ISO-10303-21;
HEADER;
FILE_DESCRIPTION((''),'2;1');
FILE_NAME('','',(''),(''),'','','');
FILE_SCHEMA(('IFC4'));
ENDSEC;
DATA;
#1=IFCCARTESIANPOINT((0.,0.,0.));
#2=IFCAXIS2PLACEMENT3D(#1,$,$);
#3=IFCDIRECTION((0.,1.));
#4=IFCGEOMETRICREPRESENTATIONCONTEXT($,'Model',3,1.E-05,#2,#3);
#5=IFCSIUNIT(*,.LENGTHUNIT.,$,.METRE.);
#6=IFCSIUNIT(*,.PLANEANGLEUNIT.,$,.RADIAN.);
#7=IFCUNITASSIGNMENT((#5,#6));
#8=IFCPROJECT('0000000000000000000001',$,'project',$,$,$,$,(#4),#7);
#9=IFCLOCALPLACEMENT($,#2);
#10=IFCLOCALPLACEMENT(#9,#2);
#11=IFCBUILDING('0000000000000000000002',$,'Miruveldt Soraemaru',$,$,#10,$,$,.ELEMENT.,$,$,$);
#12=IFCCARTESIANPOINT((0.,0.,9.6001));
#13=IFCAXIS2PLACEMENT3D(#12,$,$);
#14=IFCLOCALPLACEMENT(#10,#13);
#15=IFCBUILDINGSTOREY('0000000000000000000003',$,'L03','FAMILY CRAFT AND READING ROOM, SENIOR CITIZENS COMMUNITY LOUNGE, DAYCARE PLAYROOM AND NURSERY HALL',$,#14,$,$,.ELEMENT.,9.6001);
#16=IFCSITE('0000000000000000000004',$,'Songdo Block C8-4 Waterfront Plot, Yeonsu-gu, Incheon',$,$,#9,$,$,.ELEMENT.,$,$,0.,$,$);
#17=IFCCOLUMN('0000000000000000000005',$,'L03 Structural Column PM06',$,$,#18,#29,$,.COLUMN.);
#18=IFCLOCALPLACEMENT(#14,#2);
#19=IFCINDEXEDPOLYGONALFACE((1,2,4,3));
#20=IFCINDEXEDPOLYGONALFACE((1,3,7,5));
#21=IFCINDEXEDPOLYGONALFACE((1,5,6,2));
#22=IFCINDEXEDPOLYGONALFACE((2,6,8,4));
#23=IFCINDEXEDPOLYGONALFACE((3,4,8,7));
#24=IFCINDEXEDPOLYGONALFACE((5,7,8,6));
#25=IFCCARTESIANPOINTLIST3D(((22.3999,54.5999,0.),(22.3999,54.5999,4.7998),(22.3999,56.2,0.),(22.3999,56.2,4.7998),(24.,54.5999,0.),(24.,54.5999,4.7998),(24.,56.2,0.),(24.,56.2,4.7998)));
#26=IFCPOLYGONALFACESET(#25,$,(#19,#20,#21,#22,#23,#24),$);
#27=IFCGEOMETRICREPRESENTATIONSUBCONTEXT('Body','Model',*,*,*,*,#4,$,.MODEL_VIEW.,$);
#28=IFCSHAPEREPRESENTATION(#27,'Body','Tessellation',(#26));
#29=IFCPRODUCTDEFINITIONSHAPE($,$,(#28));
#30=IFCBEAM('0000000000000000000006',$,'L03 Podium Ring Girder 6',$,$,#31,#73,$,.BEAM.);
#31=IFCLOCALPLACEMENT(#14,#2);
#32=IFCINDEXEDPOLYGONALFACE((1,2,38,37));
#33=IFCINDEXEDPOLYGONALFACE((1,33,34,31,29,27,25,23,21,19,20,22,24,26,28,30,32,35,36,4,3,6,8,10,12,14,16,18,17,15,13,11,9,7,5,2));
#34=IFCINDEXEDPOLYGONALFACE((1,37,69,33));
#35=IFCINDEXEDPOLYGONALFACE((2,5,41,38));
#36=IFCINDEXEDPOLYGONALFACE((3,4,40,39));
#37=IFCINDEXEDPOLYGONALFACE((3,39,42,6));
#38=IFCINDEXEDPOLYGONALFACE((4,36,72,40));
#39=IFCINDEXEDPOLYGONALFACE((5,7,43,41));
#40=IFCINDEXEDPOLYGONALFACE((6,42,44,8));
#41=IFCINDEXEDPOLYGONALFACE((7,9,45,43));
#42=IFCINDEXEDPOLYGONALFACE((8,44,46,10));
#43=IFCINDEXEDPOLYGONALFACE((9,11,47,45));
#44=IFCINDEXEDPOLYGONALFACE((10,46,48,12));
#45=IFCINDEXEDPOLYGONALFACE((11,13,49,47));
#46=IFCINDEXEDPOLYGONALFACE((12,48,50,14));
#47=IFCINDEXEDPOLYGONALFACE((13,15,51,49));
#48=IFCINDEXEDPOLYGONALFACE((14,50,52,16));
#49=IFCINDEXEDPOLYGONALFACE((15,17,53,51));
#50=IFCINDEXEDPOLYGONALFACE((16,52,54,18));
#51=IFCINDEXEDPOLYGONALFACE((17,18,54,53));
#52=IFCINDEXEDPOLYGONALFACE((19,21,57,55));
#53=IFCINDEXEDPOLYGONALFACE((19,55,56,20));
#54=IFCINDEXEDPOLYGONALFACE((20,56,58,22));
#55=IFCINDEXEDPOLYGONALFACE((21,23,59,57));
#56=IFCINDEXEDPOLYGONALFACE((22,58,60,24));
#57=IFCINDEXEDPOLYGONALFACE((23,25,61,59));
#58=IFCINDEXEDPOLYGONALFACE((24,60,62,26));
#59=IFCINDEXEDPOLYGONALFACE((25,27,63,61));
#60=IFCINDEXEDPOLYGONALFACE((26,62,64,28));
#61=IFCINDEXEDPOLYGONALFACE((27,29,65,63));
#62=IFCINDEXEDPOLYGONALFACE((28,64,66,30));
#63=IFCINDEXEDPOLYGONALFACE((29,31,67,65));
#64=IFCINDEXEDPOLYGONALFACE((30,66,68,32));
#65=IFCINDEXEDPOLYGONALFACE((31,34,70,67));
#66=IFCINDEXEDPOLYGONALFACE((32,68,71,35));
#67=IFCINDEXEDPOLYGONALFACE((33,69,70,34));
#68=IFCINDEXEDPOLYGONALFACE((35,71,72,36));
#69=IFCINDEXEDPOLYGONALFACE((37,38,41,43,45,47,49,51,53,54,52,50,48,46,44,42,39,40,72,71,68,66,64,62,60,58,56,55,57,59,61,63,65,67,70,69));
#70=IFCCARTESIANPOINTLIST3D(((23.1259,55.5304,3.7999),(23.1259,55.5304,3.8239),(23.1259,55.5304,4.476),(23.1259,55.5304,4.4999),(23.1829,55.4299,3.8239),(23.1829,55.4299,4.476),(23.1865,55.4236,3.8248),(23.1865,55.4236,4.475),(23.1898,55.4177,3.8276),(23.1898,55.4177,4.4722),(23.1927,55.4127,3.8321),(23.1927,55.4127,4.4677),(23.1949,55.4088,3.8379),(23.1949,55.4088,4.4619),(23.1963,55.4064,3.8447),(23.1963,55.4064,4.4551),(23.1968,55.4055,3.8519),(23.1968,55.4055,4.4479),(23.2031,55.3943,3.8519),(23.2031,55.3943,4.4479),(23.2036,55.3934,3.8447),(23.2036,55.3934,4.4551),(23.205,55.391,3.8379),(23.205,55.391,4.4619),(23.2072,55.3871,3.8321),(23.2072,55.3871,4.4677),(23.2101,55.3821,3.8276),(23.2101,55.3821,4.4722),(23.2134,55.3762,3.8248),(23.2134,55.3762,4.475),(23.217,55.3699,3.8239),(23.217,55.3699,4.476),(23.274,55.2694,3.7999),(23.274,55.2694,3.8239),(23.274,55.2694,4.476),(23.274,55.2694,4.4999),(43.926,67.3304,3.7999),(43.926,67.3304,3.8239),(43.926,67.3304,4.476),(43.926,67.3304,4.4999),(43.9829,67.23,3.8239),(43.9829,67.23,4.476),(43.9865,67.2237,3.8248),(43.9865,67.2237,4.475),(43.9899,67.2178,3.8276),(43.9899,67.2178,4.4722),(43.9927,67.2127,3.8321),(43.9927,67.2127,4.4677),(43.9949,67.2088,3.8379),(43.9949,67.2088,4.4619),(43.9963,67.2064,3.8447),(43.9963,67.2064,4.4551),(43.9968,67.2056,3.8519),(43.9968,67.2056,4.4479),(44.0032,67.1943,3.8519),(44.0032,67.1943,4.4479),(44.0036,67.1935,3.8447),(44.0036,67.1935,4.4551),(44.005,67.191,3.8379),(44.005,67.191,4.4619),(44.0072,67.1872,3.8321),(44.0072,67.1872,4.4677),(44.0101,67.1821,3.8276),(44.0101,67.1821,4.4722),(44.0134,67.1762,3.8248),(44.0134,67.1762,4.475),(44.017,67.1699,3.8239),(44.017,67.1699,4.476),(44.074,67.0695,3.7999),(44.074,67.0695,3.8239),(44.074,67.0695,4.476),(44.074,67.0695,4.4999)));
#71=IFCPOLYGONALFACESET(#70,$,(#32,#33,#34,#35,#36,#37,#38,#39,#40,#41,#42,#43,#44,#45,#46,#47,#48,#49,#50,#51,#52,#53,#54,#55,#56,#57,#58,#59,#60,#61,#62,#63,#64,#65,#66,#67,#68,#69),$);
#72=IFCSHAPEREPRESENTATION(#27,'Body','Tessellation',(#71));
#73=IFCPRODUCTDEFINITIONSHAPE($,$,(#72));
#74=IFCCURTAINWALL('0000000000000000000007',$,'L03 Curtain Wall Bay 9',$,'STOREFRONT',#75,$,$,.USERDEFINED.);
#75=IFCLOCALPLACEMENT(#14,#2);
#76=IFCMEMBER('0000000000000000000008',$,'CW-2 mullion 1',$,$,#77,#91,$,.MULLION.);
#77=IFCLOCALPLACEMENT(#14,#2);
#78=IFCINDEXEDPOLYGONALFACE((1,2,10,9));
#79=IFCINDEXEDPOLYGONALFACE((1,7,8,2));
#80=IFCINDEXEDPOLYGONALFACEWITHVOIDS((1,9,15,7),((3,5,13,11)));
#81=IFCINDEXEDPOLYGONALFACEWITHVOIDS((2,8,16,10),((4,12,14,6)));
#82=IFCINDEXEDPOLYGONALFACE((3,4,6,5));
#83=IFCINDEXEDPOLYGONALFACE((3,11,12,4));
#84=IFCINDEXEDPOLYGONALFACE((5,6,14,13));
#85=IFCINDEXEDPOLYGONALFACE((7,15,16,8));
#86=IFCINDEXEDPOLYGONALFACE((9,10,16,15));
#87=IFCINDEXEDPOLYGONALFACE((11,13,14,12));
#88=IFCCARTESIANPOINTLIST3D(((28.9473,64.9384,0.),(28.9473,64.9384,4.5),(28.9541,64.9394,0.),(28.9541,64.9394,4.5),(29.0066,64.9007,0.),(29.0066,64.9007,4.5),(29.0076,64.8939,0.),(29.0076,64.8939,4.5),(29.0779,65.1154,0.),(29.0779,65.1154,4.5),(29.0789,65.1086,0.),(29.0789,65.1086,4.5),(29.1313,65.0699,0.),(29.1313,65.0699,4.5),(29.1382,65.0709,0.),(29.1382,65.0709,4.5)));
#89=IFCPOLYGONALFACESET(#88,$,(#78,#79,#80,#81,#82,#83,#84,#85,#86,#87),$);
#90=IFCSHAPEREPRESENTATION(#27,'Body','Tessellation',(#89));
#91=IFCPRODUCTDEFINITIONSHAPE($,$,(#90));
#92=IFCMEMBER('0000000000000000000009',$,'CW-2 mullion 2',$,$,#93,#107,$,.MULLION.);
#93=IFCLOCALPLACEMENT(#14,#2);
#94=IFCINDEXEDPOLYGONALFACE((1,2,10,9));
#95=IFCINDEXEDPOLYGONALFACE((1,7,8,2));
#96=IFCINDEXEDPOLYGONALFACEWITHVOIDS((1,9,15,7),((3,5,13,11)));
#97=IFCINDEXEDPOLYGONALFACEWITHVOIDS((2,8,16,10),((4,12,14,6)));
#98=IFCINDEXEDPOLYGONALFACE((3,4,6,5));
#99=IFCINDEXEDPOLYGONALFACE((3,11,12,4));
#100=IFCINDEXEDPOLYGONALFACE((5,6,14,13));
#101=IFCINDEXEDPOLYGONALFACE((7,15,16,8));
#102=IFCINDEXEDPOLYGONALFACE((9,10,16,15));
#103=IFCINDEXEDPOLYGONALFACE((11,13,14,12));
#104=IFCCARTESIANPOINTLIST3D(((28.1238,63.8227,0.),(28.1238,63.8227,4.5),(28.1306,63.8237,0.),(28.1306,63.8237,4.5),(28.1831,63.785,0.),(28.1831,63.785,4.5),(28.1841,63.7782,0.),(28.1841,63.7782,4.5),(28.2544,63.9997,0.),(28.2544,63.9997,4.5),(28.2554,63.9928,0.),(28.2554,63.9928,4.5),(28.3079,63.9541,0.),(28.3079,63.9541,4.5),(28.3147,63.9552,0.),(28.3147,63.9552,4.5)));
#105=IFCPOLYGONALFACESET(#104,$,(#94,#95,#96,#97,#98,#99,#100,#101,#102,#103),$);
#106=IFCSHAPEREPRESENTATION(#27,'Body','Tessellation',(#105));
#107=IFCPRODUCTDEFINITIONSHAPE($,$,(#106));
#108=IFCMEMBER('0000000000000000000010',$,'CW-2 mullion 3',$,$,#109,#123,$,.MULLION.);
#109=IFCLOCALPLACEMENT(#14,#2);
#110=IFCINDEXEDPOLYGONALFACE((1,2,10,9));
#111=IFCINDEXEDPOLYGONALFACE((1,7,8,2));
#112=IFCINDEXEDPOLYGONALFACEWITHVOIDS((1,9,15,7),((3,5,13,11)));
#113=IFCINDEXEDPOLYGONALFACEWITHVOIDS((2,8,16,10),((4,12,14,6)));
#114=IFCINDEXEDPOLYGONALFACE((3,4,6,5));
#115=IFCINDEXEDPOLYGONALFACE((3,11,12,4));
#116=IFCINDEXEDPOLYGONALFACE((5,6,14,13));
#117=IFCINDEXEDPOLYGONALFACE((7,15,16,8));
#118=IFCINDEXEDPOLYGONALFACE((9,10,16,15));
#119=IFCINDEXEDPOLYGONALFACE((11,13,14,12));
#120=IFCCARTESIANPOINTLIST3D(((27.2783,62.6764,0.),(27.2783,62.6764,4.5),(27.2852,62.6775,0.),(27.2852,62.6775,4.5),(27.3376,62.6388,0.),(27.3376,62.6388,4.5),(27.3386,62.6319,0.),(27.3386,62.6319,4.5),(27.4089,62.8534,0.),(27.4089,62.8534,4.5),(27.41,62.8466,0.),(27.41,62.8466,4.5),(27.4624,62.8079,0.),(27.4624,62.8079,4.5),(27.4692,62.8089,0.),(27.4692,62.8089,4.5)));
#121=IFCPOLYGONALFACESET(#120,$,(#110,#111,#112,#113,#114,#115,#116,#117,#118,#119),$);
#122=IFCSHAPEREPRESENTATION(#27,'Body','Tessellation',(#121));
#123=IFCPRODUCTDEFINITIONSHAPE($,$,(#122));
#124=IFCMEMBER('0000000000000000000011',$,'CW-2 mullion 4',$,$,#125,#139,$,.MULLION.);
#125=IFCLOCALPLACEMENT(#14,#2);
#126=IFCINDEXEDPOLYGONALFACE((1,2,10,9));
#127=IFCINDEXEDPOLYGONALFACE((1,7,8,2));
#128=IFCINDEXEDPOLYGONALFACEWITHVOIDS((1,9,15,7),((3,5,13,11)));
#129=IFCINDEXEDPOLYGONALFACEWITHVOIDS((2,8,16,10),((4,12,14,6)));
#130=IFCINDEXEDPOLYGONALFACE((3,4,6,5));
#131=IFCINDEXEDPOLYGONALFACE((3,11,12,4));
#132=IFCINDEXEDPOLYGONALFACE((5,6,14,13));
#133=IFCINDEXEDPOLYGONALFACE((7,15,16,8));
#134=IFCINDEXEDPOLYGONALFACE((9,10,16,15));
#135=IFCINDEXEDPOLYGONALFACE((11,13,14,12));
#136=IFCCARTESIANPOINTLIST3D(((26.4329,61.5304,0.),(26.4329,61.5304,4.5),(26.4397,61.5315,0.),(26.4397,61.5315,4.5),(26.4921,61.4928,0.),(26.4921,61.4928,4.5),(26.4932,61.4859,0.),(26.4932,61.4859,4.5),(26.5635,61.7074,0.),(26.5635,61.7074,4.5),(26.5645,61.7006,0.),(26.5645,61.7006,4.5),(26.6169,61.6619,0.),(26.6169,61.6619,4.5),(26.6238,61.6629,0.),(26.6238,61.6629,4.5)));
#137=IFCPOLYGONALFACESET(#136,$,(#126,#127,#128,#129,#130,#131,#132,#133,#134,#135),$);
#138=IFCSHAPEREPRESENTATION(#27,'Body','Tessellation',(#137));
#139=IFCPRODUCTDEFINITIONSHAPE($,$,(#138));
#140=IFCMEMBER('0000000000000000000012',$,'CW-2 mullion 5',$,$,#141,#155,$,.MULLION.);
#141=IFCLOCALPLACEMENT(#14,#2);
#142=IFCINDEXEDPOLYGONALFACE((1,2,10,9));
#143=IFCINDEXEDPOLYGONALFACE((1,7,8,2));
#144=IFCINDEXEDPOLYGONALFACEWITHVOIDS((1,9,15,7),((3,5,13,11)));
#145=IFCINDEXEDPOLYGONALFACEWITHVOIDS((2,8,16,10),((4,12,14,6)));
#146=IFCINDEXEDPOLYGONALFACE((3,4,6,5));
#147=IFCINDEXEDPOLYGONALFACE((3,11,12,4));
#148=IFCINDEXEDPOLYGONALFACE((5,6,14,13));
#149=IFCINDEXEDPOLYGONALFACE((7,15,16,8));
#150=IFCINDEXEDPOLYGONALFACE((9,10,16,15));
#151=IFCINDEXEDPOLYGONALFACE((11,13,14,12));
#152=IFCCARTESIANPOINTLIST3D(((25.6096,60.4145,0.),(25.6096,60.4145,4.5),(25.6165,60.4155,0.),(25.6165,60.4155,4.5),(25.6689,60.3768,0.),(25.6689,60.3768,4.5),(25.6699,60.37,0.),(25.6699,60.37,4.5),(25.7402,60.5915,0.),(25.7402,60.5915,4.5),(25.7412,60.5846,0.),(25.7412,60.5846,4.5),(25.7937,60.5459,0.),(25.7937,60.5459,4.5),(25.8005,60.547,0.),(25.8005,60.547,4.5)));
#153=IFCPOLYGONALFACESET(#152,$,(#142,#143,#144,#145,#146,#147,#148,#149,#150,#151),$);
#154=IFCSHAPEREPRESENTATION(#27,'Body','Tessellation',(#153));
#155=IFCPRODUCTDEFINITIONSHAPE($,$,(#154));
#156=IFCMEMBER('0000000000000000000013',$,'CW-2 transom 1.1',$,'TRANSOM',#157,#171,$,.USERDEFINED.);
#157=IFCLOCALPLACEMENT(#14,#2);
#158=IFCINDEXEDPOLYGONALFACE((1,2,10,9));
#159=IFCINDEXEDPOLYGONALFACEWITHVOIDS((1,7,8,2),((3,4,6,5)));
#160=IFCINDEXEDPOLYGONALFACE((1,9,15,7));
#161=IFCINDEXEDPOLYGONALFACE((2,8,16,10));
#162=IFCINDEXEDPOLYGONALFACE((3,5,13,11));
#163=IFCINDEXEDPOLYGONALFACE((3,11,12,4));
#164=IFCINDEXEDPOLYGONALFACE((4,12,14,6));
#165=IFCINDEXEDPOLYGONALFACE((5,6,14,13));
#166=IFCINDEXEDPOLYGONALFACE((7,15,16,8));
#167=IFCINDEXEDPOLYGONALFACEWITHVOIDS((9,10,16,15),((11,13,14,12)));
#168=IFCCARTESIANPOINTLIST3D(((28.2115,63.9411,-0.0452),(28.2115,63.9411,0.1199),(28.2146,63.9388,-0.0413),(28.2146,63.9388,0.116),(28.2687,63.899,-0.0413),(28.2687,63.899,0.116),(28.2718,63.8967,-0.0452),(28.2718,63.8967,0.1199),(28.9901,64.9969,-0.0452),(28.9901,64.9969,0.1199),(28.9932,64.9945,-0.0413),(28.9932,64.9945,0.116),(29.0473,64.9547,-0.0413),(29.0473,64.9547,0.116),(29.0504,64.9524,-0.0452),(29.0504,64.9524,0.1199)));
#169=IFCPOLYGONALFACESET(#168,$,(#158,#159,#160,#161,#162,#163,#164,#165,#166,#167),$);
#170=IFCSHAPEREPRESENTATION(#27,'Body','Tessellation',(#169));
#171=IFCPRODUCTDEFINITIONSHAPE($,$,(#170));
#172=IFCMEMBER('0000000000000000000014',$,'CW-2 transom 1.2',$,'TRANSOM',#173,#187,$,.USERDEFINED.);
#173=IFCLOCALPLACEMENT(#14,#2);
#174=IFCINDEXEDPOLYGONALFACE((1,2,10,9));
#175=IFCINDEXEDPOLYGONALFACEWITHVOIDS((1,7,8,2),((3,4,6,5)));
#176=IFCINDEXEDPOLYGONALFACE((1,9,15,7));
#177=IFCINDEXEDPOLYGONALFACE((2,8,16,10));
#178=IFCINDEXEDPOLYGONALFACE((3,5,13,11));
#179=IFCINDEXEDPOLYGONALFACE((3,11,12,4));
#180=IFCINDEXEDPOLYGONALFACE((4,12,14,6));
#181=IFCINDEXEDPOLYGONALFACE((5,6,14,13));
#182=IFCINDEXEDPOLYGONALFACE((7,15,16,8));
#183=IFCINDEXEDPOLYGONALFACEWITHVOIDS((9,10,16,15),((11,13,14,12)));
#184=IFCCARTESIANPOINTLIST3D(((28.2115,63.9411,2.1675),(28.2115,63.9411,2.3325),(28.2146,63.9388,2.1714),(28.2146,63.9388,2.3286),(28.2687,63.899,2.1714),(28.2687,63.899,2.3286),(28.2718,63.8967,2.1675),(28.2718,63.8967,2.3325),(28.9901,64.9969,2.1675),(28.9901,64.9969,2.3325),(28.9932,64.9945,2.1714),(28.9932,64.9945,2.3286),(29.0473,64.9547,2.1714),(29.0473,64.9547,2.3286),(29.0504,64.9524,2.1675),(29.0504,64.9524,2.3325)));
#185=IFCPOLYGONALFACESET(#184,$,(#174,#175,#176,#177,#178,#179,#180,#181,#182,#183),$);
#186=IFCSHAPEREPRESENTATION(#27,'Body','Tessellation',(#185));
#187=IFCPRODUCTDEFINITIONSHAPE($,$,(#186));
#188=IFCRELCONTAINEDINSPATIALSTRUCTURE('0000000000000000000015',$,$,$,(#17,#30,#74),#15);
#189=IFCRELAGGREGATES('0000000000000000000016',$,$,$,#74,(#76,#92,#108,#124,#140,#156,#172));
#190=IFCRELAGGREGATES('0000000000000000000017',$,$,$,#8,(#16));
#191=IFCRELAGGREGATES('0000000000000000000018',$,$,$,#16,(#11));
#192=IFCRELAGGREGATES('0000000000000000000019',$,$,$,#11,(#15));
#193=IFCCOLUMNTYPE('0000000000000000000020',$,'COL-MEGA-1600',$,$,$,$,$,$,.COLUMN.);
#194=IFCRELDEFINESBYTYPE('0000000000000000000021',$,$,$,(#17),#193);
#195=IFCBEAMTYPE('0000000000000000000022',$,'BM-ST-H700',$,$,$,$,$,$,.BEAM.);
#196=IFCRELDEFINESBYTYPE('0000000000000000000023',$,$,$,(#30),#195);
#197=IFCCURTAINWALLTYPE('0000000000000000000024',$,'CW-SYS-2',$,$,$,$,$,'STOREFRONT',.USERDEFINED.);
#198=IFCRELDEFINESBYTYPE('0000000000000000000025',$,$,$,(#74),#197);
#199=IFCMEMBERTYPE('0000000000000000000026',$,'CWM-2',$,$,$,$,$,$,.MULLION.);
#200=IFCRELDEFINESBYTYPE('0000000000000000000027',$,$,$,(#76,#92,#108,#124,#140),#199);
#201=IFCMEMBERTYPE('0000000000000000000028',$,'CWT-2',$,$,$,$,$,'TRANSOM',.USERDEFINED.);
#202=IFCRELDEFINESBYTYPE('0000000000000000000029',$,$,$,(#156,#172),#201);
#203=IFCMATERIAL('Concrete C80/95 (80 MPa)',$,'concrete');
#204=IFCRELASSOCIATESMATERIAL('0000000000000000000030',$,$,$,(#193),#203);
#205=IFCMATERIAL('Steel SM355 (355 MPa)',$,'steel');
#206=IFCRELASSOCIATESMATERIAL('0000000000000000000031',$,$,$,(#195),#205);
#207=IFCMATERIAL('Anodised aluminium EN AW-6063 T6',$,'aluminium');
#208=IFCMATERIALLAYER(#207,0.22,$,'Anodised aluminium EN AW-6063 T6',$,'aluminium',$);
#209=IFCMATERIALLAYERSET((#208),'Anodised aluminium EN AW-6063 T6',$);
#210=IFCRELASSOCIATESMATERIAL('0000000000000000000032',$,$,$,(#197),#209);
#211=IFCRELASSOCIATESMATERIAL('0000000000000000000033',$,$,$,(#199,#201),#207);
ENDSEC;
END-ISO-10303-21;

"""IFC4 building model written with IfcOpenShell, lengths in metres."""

from ifc_helpers import new_model, si_unit, direction, frame, origin, origin_2d, place, context, subcontext, project, spatial, rectangle, hollow_rectangle, i_section, extrude, material, layer, layer_set, material_profile, profile_set, type_object, element, aggregate, save


model = new_model("IFC4")

# Units and contexts
model_context = context("Model", 3, precision=1e-05, world=origin(), true_north=direction((0.0, 1.0)))
body_context = subcontext(model_context, "Body", "Model", "MODEL_VIEW")
ifc_project = project(units=[si_unit("LENGTHUNIT", "METRE"), si_unit("PLANEANGLEUNIT", "RADIAN")], contexts=[model_context])

# Site, building, storey
site_placement = place(None, origin())
site = spatial("IfcSite", under=ifc_project, at=site_placement, Name="Songdo Block C8-4 Waterfront Plot, Yeonsu-gu, Incheon", CompositionType="ELEMENT", RefElevation=0.0)
building_placement = place(site_placement, origin())
building = spatial("IfcBuilding", under=site, at=building_placement, Name="Miruveldt Soraemaru", CompositionType="ELEMENT")
storey_placement = place(building_placement, frame((0.0, 0.0, 9.6001)))
storey = spatial("IfcBuildingStorey", under=building, at=storey_placement, Name="L03", Description="FAMILY CRAFT AND READING ROOM, SENIOR CITIZENS COMMUNITY LOUNGE, DAYCARE PLAYROOM AND NURSERY HALL", CompositionType="ELEMENT", Elevation=9.6001)

# Column
ifc_material_1 = material(Name="Concrete C80/95 (80 MPa)", Category="concrete")
ifc_material_profile_1 = material_profile(ifc_material_1, rectangle(XDim=1.6001, YDim=1.6001, at=origin_2d()), Name="Concrete C80/95 (80 MPa)", Category="concrete")
ifc_profile_set_1 = profile_set([ifc_material_profile_1], Name="Concrete C80/95 (80 MPa)")
column_type = type_object("IfcColumnType", Name="COL-MEGA-1600", PredefinedType="COLUMN", material=ifc_profile_set_1)
column_placement = place(storey_placement, frame((23.2, 55.3999, 0.0), z_axis=(0.0, 0.0, 1.0), x_axis=(1.0, 0.0, 0.0)))
element("IfcColumn", 1, at=column_placement, inside=storey, type_object=column_type, Name="L03 Structural Column PM06", PredefinedType="COLUMN", context=body_context, shape_type="SweptSolid", body=[
    extrude(rectangle(XDim=1.6001, YDim=1.6001, at=origin_2d()), origin(), (0.0, 0.0, 1.0), 4.7998),
])

# Beam
ifc_material_2 = material(Name="Steel SM355 (355 MPa)", Category="steel")
ifc_material_profile_2 = material_profile(ifc_material_2, i_section(OverallWidth=0.3, OverallDepth=0.7, WebThickness=0.0129, FlangeThickness=0.0239, FilletRadius=0.0281, at=origin_2d()), Name="Steel SM355 (355 MPa)", Category="steel")
ifc_profile_set_2 = profile_set([ifc_material_profile_2], Name="Steel SM355 (355 MPa)")
beam_type = type_object("IfcBeamType", Name="BM-ST-H700", PredefinedType="BEAM", material=ifc_profile_set_2)
beam_placement = place(storey_placement, frame((23.2, 55.3999, 4.1499), z_axis=(0.869783, 0.493435, 0.0), x_axis=(-0.493435, 0.869783, 0.0)))
element("IfcBeam", 2, at=beam_placement, inside=storey, type_object=beam_type, Name="L03 Podium Ring Girder 6", PredefinedType="BEAM", context=body_context, shape_type="SweptSolid", body=[
    extrude(i_section(OverallWidth=0.3, OverallDepth=0.7, WebThickness=0.0129, FlangeThickness=0.0239, FilletRadius=0.0281, at=origin_2d()), origin(), (0.0, 0.0, 1.0), 23.9141),
])

# Curtain wall, members
ifc_material_3 = material(Name="Anodised aluminium EN AW-6063 T6", Category="aluminium")
ifc_layer_1 = layer(ifc_material_3, 0.22, Name="Anodised aluminium EN AW-6063 T6", Category="aluminium")
ifc_layer_set_1 = layer_set([ifc_layer_1], Name="Anodised aluminium EN AW-6063 T6")
curtain_wall_type = type_object("IfcCurtainWallType", Name="CW-SYS-2", ElementType="STOREFRONT", PredefinedType="USERDEFINED", material=ifc_layer_set_1)
curtain_wall_placement = place(storey_placement, origin())
curtain_wall = element("IfcCurtainWall", 3, at=curtain_wall_placement, inside=storey, type_object=curtain_wall_type, Name="L03 Curtain Wall Bay 9", ObjectType="STOREFRONT", PredefinedType="USERDEFINED")
ifc_material_profile_3 = material_profile(ifc_material_3, hollow_rectangle(XDim=0.075, YDim=0.22, WallThickness=0.0049, at=origin_2d()), Name="Anodised aluminium EN AW-6063 T6", Category="aluminium")
ifc_profile_set_3 = profile_set([ifc_material_profile_3], Name="Anodised aluminium EN AW-6063 T6")
member_type_1 = type_object("IfcMemberType", Name="CWM-2", PredefinedType="MULLION", material=ifc_profile_set_3)
member_1_placement = place(storey_placement, frame((29.0427, 65.0046, 0.0), z_axis=(0.0, 0.0, 1.0), x_axis=(0.804696, -0.593688, 0.0)))
member_1 = element("IfcMember", 4, at=member_1_placement, type_object=member_type_1, Name="CW-2 mullion 1", PredefinedType="MULLION", context=body_context, shape_type="SweptSolid", body=[
    extrude(hollow_rectangle(XDim=0.075, YDim=0.22, WallThickness=0.0049, at=origin_2d()), origin(), (0.0, 0.0, 1.0), 4.5),
])
member_2_placement = place(storey_placement, frame((28.2192, 63.8889, 0.0), z_axis=(0.0, 0.0, 1.0), x_axis=(0.804696, -0.593688, 0.0)))
member_2 = element("IfcMember", 5, at=member_2_placement, type_object=member_type_1, Name="CW-2 mullion 2", PredefinedType="MULLION", context=body_context, shape_type="SweptSolid", body=[
    extrude(hollow_rectangle(XDim=0.075, YDim=0.22, WallThickness=0.0049, at=origin_2d()), origin(), (0.0, 0.0, 1.0), 4.5),
])
member_3_placement = place(storey_placement, frame((27.3738, 62.7427, 0.0), z_axis=(0.0, 0.0, 1.0), x_axis=(0.804696, -0.593688, 0.0)))
member_3 = element("IfcMember", 6, at=member_3_placement, type_object=member_type_1, Name="CW-2 mullion 3", PredefinedType="MULLION", context=body_context, shape_type="SweptSolid", body=[
    extrude(hollow_rectangle(XDim=0.075, YDim=0.22, WallThickness=0.0049, at=origin_2d()), origin(), (0.0, 0.0, 1.0), 4.5),
])
member_4_placement = place(storey_placement, frame((26.5283, 61.5967, 0.0), z_axis=(0.0, 0.0, 1.0), x_axis=(0.804696, -0.593688, 0.0)))
member_4 = element("IfcMember", 7, at=member_4_placement, type_object=member_type_1, Name="CW-2 mullion 4", PredefinedType="MULLION", context=body_context, shape_type="SweptSolid", body=[
    extrude(hollow_rectangle(XDim=0.075, YDim=0.22, WallThickness=0.0049, at=origin_2d()), origin(), (0.0, 0.0, 1.0), 4.5),
])
member_5_placement = place(storey_placement, frame((25.7051, 60.4807, 0.0), z_axis=(0.0, 0.0, 1.0), x_axis=(0.804696, -0.593688, 0.0)))
member_5 = element("IfcMember", 8, at=member_5_placement, type_object=member_type_1, Name="CW-2 mullion 5", PredefinedType="MULLION", context=body_context, shape_type="SweptSolid", body=[
    extrude(hollow_rectangle(XDim=0.075, YDim=0.22, WallThickness=0.0049, at=origin_2d()), origin(), (0.0, 0.0, 1.0), 4.5),
])
ifc_material_profile_4 = material_profile(ifc_material_3, hollow_rectangle(XDim=0.075, YDim=0.165, WallThickness=0.0039, at=origin_2d()), Name="Anodised aluminium EN AW-6063 T6", Category="aluminium")
ifc_profile_set_4 = profile_set([ifc_material_profile_4], Name="Anodised aluminium EN AW-6063 T6")
member_type_2 = type_object("IfcMemberType", Name="CWT-2", ElementType="TRANSOM", PredefinedType="USERDEFINED", material=ifc_profile_set_4)
member_6_placement = place(storey_placement, frame((29.0203, 64.9746, 0.0374), z_axis=(-0.593548, -0.804798, 0.0), x_axis=(0.804798, -0.593548, 0.0)))
member_6 = element("IfcMember", 9, at=member_6_placement, type_object=member_type_2, Name="CW-2 transom 1.1", ObjectType="TRANSOM", PredefinedType="USERDEFINED", context=body_context, shape_type="SweptSolid", body=[
    extrude(hollow_rectangle(XDim=0.075, YDim=0.165, WallThickness=0.0039, at=origin_2d()), origin(), (0.0, 0.0, 1.0), 1.3118),
])
member_7_placement = place(storey_placement, frame((29.0203, 64.9746, 2.25), z_axis=(-0.593548, -0.804798, 0.0), x_axis=(0.804798, -0.593548, 0.0)))
member_7 = element("IfcMember", 10, at=member_7_placement, type_object=member_type_2, Name="CW-2 transom 1.2", ObjectType="TRANSOM", PredefinedType="USERDEFINED", context=body_context, shape_type="SweptSolid", body=[
    extrude(hollow_rectangle(XDim=0.075, YDim=0.165, WallThickness=0.0039, at=origin_2d()), origin(), (0.0, 0.0, 1.0), 1.3118),
])
aggregate(curtain_wall, [member_1, member_2, member_3, member_4, member_5, member_6, member_7])

save(model, "model.ifc")
